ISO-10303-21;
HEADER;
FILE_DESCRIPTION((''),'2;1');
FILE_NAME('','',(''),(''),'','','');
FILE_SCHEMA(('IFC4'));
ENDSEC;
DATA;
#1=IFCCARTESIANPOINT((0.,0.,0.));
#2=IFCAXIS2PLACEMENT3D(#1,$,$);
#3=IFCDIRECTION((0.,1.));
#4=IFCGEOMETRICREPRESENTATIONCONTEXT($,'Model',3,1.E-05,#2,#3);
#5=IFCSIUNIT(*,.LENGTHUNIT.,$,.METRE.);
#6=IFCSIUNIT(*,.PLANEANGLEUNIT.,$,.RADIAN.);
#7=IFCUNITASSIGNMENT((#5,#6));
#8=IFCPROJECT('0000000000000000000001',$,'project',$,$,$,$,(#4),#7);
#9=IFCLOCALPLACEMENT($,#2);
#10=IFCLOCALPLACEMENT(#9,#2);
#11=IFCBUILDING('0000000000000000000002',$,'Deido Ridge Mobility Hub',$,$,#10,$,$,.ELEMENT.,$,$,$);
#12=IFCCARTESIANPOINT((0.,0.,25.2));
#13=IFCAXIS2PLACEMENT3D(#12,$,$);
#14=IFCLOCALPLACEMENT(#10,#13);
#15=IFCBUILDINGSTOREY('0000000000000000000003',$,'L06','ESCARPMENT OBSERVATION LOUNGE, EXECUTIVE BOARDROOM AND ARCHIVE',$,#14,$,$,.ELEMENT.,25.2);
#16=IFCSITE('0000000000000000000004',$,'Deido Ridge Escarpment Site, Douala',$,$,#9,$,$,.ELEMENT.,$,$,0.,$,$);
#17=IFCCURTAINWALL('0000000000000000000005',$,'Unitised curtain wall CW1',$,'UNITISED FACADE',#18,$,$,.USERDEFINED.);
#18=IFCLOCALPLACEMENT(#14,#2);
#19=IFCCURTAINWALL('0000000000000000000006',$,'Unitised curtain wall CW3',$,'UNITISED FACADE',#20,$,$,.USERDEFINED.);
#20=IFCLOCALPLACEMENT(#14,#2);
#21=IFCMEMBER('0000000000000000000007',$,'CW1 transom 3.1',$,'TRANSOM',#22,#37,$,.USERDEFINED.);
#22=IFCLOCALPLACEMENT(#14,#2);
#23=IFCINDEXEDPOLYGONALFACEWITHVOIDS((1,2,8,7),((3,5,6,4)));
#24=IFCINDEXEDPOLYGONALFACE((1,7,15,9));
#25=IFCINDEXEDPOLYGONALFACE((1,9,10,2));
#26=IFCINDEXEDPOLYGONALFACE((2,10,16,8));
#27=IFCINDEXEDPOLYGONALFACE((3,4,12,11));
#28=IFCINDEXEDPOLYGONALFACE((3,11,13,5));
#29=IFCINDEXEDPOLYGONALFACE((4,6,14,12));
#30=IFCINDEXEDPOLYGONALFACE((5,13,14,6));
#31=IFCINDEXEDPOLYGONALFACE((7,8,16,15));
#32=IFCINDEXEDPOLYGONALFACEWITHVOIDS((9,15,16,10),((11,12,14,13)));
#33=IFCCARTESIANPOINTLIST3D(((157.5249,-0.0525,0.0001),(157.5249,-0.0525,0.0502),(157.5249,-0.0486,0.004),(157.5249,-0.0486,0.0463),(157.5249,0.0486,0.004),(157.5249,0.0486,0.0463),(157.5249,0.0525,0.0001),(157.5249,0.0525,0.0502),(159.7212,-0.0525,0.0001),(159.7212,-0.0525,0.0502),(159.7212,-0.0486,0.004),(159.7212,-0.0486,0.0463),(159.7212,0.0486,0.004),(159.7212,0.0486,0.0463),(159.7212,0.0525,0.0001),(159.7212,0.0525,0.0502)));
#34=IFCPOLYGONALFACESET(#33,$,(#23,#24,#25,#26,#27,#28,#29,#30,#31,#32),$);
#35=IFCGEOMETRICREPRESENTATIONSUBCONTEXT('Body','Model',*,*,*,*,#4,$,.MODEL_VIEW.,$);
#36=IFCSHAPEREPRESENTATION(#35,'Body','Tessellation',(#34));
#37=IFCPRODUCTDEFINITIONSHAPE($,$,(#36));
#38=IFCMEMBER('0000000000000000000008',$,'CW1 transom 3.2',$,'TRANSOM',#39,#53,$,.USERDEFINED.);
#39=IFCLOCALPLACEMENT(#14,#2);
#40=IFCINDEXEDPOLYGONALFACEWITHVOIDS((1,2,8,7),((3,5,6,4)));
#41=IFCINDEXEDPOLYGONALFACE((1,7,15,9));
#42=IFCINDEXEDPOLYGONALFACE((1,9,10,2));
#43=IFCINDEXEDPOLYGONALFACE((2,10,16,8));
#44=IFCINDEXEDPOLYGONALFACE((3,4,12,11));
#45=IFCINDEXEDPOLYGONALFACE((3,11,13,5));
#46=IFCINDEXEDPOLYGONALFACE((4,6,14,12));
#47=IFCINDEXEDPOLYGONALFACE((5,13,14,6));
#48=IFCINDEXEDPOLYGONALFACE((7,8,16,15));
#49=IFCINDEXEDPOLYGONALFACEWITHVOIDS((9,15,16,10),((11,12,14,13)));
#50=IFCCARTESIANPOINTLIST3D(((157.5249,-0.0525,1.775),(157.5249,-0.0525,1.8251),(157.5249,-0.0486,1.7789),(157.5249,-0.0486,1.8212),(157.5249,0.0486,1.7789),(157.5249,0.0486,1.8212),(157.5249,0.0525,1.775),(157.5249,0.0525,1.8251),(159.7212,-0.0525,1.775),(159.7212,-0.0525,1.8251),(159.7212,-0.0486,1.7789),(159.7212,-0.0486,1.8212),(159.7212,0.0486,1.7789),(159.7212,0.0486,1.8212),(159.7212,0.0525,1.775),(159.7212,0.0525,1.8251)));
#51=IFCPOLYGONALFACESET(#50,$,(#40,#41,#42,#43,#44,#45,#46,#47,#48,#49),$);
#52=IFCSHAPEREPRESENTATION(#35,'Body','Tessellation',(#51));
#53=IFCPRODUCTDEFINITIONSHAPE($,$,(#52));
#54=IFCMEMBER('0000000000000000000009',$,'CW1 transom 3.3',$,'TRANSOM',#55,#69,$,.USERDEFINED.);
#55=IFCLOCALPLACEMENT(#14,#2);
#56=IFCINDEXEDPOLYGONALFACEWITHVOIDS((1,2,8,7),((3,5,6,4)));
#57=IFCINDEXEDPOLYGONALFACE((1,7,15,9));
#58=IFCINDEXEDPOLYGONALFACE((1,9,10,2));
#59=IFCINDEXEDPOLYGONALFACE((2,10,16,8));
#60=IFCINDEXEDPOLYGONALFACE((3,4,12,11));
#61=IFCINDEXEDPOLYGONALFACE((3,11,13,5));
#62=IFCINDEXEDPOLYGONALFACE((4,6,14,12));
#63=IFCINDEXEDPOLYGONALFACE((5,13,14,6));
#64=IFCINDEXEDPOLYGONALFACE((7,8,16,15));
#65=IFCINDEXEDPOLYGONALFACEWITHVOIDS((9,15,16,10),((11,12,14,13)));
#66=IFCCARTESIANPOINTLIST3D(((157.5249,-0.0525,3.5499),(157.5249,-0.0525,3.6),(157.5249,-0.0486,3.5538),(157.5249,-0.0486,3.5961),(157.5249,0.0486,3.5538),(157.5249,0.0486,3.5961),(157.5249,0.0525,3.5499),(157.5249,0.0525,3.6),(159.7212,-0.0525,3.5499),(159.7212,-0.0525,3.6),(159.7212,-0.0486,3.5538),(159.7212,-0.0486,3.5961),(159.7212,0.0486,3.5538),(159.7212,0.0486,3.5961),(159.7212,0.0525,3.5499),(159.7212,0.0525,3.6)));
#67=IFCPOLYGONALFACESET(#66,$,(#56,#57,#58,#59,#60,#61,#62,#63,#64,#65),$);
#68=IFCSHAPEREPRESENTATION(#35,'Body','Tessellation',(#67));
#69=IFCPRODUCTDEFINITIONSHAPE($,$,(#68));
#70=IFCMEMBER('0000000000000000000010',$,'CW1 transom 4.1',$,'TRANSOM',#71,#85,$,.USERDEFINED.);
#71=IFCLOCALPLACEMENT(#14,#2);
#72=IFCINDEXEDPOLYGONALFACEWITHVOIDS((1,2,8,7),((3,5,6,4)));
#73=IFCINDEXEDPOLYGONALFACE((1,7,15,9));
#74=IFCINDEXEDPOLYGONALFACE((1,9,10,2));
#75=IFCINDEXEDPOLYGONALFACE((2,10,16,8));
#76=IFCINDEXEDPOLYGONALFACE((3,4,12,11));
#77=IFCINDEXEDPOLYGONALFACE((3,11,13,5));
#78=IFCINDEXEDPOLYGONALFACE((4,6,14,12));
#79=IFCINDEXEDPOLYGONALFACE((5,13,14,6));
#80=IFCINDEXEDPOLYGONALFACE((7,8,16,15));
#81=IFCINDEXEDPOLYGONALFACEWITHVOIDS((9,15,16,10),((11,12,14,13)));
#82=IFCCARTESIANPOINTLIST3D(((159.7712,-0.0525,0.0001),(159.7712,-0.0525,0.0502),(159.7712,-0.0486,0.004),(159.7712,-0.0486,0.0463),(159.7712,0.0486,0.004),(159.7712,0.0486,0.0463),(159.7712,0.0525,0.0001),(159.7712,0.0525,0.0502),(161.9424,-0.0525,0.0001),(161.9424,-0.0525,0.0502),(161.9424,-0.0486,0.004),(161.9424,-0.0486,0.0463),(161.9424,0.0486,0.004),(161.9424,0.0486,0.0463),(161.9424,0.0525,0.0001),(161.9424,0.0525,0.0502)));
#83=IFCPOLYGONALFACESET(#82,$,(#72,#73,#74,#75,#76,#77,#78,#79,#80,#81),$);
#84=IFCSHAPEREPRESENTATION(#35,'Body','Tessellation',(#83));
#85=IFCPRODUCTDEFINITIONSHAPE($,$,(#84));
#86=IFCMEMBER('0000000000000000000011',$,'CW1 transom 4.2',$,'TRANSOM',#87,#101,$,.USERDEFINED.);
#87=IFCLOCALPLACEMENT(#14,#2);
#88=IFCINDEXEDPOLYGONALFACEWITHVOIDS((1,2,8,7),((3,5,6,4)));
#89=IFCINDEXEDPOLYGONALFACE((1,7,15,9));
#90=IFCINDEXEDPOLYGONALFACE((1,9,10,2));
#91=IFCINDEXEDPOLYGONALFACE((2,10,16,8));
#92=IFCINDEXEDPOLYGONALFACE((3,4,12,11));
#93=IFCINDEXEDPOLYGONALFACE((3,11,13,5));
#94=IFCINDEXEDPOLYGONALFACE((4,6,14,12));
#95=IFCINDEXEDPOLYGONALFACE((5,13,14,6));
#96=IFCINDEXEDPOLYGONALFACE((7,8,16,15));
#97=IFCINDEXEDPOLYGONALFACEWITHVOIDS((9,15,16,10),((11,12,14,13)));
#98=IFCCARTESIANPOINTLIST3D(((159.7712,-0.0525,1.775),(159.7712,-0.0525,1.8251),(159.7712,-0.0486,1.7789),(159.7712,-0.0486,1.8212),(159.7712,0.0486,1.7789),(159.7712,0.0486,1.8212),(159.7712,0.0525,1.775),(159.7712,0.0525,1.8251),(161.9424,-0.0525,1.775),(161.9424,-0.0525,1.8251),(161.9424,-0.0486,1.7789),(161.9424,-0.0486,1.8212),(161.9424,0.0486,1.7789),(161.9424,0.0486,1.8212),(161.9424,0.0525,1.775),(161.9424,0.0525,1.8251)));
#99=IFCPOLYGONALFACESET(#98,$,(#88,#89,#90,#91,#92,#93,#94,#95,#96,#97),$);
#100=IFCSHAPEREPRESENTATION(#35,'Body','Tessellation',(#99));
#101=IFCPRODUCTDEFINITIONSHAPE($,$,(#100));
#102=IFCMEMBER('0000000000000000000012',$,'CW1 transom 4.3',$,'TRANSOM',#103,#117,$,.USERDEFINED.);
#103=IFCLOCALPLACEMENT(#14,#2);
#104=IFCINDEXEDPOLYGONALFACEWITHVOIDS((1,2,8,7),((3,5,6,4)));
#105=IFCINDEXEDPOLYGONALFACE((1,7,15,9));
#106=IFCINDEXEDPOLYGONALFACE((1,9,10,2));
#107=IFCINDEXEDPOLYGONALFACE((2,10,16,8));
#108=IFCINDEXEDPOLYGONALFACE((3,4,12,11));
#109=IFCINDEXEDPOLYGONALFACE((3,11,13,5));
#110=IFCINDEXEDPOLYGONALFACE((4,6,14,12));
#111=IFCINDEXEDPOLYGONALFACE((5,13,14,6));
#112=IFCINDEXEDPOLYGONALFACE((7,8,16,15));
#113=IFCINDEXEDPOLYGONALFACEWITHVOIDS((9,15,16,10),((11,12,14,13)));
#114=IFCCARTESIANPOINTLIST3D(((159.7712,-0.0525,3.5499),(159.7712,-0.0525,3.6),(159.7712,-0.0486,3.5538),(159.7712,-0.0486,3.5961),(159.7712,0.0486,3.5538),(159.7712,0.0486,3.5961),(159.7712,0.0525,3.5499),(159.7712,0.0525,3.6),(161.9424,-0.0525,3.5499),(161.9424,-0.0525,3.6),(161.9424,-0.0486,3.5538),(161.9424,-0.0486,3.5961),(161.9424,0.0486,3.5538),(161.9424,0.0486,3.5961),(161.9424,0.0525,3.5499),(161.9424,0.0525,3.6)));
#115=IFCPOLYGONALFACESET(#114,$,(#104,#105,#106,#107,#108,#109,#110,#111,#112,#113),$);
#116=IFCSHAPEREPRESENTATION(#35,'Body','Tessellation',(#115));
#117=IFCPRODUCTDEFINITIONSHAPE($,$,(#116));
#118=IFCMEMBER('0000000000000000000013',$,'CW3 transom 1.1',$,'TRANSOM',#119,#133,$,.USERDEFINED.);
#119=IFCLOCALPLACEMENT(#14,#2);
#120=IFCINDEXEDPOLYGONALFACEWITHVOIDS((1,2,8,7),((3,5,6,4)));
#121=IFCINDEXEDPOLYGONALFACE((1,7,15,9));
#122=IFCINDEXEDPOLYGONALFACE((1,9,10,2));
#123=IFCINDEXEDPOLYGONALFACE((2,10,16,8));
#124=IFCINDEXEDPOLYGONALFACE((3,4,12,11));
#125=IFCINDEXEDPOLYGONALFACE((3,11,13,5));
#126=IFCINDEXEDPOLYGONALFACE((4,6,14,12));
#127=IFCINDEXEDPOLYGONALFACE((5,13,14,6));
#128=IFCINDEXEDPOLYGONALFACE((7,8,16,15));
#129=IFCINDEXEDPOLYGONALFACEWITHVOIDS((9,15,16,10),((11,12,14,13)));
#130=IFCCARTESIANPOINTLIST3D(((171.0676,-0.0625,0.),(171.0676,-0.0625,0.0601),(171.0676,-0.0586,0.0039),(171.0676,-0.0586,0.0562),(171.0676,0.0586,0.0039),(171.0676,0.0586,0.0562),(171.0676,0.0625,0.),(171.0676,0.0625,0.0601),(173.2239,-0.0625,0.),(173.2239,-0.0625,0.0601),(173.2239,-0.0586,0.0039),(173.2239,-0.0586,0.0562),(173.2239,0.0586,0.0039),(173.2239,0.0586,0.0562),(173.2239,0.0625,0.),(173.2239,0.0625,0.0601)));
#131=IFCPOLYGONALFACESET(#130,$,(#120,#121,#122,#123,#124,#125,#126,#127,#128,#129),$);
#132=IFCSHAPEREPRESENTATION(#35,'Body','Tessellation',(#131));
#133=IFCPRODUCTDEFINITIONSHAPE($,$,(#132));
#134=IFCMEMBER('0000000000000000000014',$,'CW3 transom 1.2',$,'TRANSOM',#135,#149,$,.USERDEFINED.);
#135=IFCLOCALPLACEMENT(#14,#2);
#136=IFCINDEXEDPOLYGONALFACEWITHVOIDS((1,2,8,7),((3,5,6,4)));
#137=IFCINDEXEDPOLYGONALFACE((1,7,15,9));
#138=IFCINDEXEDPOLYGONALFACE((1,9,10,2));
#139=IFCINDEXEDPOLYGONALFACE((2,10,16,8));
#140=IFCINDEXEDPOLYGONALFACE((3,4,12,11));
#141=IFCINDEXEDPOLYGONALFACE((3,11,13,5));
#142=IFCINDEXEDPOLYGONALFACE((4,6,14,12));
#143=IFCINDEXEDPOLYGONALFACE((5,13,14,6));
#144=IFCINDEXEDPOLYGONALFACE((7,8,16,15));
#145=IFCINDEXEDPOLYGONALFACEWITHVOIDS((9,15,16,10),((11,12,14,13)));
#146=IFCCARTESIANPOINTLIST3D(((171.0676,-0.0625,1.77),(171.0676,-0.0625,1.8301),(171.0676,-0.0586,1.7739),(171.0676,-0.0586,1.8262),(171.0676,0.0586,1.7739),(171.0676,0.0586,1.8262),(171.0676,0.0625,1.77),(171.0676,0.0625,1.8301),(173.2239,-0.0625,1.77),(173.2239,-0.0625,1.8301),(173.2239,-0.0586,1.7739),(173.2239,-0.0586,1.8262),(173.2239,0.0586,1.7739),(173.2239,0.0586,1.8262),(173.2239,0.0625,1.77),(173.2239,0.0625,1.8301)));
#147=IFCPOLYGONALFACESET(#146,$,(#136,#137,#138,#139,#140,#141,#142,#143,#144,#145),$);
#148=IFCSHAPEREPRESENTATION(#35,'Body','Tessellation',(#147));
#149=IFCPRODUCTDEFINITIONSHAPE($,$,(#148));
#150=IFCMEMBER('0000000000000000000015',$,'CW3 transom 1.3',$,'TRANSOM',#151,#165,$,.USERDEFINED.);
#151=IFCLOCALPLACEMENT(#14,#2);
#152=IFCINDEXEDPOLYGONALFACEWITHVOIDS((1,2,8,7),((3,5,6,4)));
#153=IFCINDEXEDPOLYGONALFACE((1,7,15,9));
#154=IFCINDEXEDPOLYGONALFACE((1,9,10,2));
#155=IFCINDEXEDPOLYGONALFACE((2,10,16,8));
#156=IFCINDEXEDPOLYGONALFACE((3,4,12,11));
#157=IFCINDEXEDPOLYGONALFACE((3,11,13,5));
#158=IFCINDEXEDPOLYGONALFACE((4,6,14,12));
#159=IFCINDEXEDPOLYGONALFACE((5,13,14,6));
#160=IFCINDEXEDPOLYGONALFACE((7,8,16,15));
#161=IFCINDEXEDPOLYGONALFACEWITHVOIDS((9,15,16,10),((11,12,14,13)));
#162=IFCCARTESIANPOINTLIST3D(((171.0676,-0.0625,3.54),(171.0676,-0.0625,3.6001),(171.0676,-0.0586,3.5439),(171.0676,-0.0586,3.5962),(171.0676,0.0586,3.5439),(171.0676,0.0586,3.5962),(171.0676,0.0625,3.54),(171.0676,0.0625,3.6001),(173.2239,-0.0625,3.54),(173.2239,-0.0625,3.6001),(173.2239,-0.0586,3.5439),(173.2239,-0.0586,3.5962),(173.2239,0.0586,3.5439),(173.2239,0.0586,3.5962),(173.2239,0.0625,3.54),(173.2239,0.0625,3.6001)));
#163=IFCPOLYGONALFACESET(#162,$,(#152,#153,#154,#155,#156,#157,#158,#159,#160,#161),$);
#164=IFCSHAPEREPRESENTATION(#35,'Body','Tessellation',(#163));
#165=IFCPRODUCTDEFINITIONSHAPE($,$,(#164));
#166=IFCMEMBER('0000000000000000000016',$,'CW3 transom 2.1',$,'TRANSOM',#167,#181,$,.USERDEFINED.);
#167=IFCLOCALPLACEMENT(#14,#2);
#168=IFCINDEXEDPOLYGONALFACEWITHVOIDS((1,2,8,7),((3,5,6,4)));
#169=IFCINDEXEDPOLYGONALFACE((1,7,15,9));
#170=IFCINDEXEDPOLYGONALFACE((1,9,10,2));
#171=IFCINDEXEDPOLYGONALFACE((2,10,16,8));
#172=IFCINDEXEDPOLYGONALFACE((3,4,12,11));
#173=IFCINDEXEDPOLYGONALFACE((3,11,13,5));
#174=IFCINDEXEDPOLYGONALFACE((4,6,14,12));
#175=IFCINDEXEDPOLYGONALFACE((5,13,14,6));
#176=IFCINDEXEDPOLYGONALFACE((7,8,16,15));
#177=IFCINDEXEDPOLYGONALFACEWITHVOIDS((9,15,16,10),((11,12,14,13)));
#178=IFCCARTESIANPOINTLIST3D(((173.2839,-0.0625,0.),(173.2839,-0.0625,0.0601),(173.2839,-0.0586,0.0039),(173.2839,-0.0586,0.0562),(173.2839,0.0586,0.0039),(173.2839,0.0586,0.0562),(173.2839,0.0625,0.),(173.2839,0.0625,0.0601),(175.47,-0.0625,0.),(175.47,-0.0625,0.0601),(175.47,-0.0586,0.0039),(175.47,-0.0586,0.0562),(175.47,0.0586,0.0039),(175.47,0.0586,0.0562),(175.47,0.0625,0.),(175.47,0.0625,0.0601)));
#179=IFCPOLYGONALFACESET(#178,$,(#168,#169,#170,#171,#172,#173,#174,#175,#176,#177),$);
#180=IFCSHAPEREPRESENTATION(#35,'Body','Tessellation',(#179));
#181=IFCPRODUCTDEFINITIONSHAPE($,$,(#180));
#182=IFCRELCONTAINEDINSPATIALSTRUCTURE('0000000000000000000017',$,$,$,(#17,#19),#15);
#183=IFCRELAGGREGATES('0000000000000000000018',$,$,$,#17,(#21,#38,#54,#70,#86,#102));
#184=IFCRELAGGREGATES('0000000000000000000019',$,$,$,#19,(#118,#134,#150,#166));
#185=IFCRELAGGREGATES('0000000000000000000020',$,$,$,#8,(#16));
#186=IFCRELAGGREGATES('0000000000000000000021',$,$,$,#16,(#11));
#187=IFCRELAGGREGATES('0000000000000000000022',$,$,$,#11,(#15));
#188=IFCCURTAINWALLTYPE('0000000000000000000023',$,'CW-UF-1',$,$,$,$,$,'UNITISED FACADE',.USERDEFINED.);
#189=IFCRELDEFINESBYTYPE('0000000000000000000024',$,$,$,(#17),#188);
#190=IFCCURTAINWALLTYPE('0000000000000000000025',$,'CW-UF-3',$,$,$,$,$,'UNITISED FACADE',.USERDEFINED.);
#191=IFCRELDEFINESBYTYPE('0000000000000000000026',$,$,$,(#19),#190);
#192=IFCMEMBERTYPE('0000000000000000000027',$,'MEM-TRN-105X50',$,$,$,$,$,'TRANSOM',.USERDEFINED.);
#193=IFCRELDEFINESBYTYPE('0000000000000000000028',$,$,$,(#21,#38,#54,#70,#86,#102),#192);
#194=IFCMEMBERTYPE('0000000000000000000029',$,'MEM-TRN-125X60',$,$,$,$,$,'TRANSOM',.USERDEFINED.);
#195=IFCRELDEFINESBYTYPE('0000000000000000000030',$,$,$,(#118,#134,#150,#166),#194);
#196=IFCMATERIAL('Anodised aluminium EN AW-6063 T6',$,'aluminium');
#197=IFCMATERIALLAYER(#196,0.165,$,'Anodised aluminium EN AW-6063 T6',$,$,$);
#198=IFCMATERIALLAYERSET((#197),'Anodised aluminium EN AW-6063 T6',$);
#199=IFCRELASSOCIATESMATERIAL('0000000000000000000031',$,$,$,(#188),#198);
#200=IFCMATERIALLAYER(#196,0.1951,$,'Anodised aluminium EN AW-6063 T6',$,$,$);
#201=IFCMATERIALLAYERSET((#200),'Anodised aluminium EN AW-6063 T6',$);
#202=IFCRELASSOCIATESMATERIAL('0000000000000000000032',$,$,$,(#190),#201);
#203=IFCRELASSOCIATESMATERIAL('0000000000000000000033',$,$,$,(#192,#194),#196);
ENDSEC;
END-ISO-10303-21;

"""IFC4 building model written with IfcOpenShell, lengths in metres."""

from ifc_helpers import new_model, si_unit, direction, frame, origin, origin_2d, place, context, subcontext, project, spatial, hollow_rectangle, extrude, material, layer, layer_set, material_profile, profile_set, type_object, element, aggregate, save


model = new_model("IFC4")

# Units and contexts
model_context = context("Model", 3, precision=1e-05, world=origin(), true_north=direction((0.0, 1.0)))
body_context = subcontext(model_context, "Body", "Model", "MODEL_VIEW")
ifc_project = project(units=[si_unit("LENGTHUNIT", "METRE"), si_unit("PLANEANGLEUNIT", "RADIAN")], contexts=[model_context])

# Site, building, storey
site_placement = place(None, origin())
site = spatial("IfcSite", under=ifc_project, at=site_placement, Name="Deido Ridge Escarpment Site, Douala", CompositionType="ELEMENT", RefElevation=0.0)
building_placement = place(site_placement, origin())
building = spatial("IfcBuilding", under=site, at=building_placement, Name="Deido Ridge Mobility Hub", CompositionType="ELEMENT")
storey_placement = place(building_placement, frame((0.0, 0.0, 25.2)))
storey = spatial("IfcBuildingStorey", under=building, at=storey_placement, Name="L06", Description="ESCARPMENT OBSERVATION LOUNGE, EXECUTIVE BOARDROOM AND ARCHIVE", CompositionType="ELEMENT", Elevation=25.2)

# Curtain walls
ifc_material_1 = material(Name="Anodised aluminium EN AW-6063 T6", Category="aluminium")
ifc_layer_1 = layer(ifc_material_1, 0.165, Name="Anodised aluminium EN AW-6063 T6")
ifc_layer_set_1 = layer_set([ifc_layer_1], Name="Anodised aluminium EN AW-6063 T6")
curtain_wall_type_1 = type_object("IfcCurtainWallType", Name="CW-UF-1", ElementType="UNITISED FACADE", PredefinedType="USERDEFINED", material=ifc_layer_set_1)
curtain_wall_1_placement = place(storey_placement, origin())
curtain_wall_1 = element("IfcCurtainWall", 1, at=curtain_wall_1_placement, inside=storey, type_object=curtain_wall_type_1, Name="Unitised curtain wall CW1", ObjectType="UNITISED FACADE", PredefinedType="USERDEFINED")
ifc_layer_2 = layer(ifc_material_1, 0.1951, Name="Anodised aluminium EN AW-6063 T6")
ifc_layer_set_2 = layer_set([ifc_layer_2], Name="Anodised aluminium EN AW-6063 T6")
curtain_wall_type_2 = type_object("IfcCurtainWallType", Name="CW-UF-3", ElementType="UNITISED FACADE", PredefinedType="USERDEFINED", material=ifc_layer_set_2)
curtain_wall_2_placement = place(storey_placement, origin())
curtain_wall_2 = element("IfcCurtainWall", 2, at=curtain_wall_2_placement, inside=storey, type_object=curtain_wall_type_2, Name="Unitised curtain wall CW3", ObjectType="UNITISED FACADE", PredefinedType="USERDEFINED")

# Members
ifc_material_profile_1 = material_profile(ifc_material_1, hollow_rectangle(XDim=0.105, YDim=0.05, WallThickness=0.0039, at=origin_2d()), Name="RHS 105x50x4")
ifc_profile_set_1 = profile_set([ifc_material_profile_1], Name="Anodised aluminium EN AW-6063 T6")
member_type_1 = type_object("IfcMemberType", Name="MEM-TRN-105X50", ElementType="TRANSOM", PredefinedType="USERDEFINED", material=ifc_profile_set_1)
member_1_placement = place(storey_placement, frame((157.5249, 0.0, 0.0251), z_axis=(1.0, 0.0, 0.0), x_axis=(0.0, 1.0, 0.0)))
member_1 = element("IfcMember", 3, at=member_1_placement, type_object=member_type_1, Name="CW1 transom 3.1", ObjectType="TRANSOM", PredefinedType="USERDEFINED", context=body_context, shape_type="SweptSolid", body=[
    extrude(hollow_rectangle(XDim=0.105, YDim=0.05, WallThickness=0.0039, at=origin_2d()), origin(), (0.0, 0.0, 1.0), 2.1963),
])
member_2_placement = place(storey_placement, frame((157.5249, 0.0, 1.8), z_axis=(1.0, 0.0, 0.0), x_axis=(0.0, 1.0, 0.0)))
member_2 = element("IfcMember", 4, at=member_2_placement, type_object=member_type_1, Name="CW1 transom 3.2", ObjectType="TRANSOM", PredefinedType="USERDEFINED", context=body_context, shape_type="SweptSolid", body=[
    extrude(hollow_rectangle(XDim=0.105, YDim=0.05, WallThickness=0.0039, at=origin_2d()), origin(), (0.0, 0.0, 1.0), 2.1963),
])
member_3_placement = place(storey_placement, frame((157.5249, 0.0, 3.575), z_axis=(1.0, 0.0, 0.0), x_axis=(0.0, 1.0, 0.0)))
member_3 = element("IfcMember", 5, at=member_3_placement, type_object=member_type_1, Name="CW1 transom 3.3", ObjectType="TRANSOM", PredefinedType="USERDEFINED", context=body_context, shape_type="SweptSolid", body=[
    extrude(hollow_rectangle(XDim=0.105, YDim=0.05, WallThickness=0.0039, at=origin_2d()), origin(), (0.0, 0.0, 1.0), 2.1963),
])
member_4_placement = place(storey_placement, frame((159.7712, 0.0, 0.0251), z_axis=(1.0, 0.0, 0.0), x_axis=(0.0, 1.0, 0.0)))
member_4 = element("IfcMember", 6, at=member_4_placement, type_object=member_type_1, Name="CW1 transom 4.1", ObjectType="TRANSOM", PredefinedType="USERDEFINED", context=body_context, shape_type="SweptSolid", body=[
    extrude(hollow_rectangle(XDim=0.105, YDim=0.05, WallThickness=0.0039, at=origin_2d()), origin(), (0.0, 0.0, 1.0), 2.1711),
])
member_5_placement = place(storey_placement, frame((159.7712, 0.0, 1.8), z_axis=(1.0, 0.0, 0.0), x_axis=(0.0, 1.0, 0.0)))
member_5 = element("IfcMember", 7, at=member_5_placement, type_object=member_type_1, Name="CW1 transom 4.2", ObjectType="TRANSOM", PredefinedType="USERDEFINED", context=body_context, shape_type="SweptSolid", body=[
    extrude(hollow_rectangle(XDim=0.105, YDim=0.05, WallThickness=0.0039, at=origin_2d()), origin(), (0.0, 0.0, 1.0), 2.1711),
])
member_6_placement = place(storey_placement, frame((159.7712, 0.0, 3.575), z_axis=(1.0, 0.0, 0.0), x_axis=(0.0, 1.0, 0.0)))
member_6 = element("IfcMember", 8, at=member_6_placement, type_object=member_type_1, Name="CW1 transom 4.3", ObjectType="TRANSOM", PredefinedType="USERDEFINED", context=body_context, shape_type="SweptSolid", body=[
    extrude(hollow_rectangle(XDim=0.105, YDim=0.05, WallThickness=0.0039, at=origin_2d()), origin(), (0.0, 0.0, 1.0), 2.1711),
])
ifc_material_profile_2 = material_profile(ifc_material_1, hollow_rectangle(XDim=0.125, YDim=0.0601, WallThickness=0.0039, at=origin_2d()), Name="RHS 125x60x4")
ifc_profile_set_2 = profile_set([ifc_material_profile_2], Name="Anodised aluminium EN AW-6063 T6")
member_type_2 = type_object("IfcMemberType", Name="MEM-TRN-125X60", ElementType="TRANSOM", PredefinedType="USERDEFINED", material=ifc_profile_set_2)
member_7_placement = place(storey_placement, frame((171.0676, 0.0, 0.03), z_axis=(1.0, 0.0, 0.0), x_axis=(0.0, 1.0, 0.0)))
member_7 = element("IfcMember", 9, at=member_7_placement, type_object=member_type_2, Name="CW3 transom 1.1", ObjectType="TRANSOM", PredefinedType="USERDEFINED", context=body_context, shape_type="SweptSolid", body=[
    extrude(hollow_rectangle(XDim=0.125, YDim=0.0601, WallThickness=0.0039, at=origin_2d()), origin(), (0.0, 0.0, 1.0), 2.1562),
])
member_8_placement = place(storey_placement, frame((171.0676, 0.0, 1.8), z_axis=(1.0, 0.0, 0.0), x_axis=(0.0, 1.0, 0.0)))
member_8 = element("IfcMember", 10, at=member_8_placement, type_object=member_type_2, Name="CW3 transom 1.2", ObjectType="TRANSOM", PredefinedType="USERDEFINED", context=body_context, shape_type="SweptSolid", body=[
    extrude(hollow_rectangle(XDim=0.125, YDim=0.0601, WallThickness=0.0039, at=origin_2d()), origin(), (0.0, 0.0, 1.0), 2.1562),
])
member_9_placement = place(storey_placement, frame((171.0676, 0.0, 3.5701), z_axis=(1.0, 0.0, 0.0), x_axis=(0.0, 1.0, 0.0)))
member_9 = element("IfcMember", 11, at=member_9_placement, type_object=member_type_2, Name="CW3 transom 1.3", ObjectType="TRANSOM", PredefinedType="USERDEFINED", context=body_context, shape_type="SweptSolid", body=[
    extrude(hollow_rectangle(XDim=0.125, YDim=0.0601, WallThickness=0.0039, at=origin_2d()), origin(), (0.0, 0.0, 1.0), 2.1562),
])
member_10_placement = place(storey_placement, frame((173.2839, 0.0, 0.03), z_axis=(1.0, 0.0, 0.0), x_axis=(0.0, 1.0, 0.0)))
member_10 = element("IfcMember", 12, at=member_10_placement, type_object=member_type_2, Name="CW3 transom 2.1", ObjectType="TRANSOM", PredefinedType="USERDEFINED", context=body_context, shape_type="SweptSolid", body=[
    extrude(hollow_rectangle(XDim=0.125, YDim=0.0601, WallThickness=0.0039, at=origin_2d()), origin(), (0.0, 0.0, 1.0), 2.186),
])

aggregate(curtain_wall_1, [member_1, member_2, member_3, member_4, member_5, member_6])
aggregate(curtain_wall_2, [member_7, member_8, member_9, member_10])

save(model, "model.ifc")
